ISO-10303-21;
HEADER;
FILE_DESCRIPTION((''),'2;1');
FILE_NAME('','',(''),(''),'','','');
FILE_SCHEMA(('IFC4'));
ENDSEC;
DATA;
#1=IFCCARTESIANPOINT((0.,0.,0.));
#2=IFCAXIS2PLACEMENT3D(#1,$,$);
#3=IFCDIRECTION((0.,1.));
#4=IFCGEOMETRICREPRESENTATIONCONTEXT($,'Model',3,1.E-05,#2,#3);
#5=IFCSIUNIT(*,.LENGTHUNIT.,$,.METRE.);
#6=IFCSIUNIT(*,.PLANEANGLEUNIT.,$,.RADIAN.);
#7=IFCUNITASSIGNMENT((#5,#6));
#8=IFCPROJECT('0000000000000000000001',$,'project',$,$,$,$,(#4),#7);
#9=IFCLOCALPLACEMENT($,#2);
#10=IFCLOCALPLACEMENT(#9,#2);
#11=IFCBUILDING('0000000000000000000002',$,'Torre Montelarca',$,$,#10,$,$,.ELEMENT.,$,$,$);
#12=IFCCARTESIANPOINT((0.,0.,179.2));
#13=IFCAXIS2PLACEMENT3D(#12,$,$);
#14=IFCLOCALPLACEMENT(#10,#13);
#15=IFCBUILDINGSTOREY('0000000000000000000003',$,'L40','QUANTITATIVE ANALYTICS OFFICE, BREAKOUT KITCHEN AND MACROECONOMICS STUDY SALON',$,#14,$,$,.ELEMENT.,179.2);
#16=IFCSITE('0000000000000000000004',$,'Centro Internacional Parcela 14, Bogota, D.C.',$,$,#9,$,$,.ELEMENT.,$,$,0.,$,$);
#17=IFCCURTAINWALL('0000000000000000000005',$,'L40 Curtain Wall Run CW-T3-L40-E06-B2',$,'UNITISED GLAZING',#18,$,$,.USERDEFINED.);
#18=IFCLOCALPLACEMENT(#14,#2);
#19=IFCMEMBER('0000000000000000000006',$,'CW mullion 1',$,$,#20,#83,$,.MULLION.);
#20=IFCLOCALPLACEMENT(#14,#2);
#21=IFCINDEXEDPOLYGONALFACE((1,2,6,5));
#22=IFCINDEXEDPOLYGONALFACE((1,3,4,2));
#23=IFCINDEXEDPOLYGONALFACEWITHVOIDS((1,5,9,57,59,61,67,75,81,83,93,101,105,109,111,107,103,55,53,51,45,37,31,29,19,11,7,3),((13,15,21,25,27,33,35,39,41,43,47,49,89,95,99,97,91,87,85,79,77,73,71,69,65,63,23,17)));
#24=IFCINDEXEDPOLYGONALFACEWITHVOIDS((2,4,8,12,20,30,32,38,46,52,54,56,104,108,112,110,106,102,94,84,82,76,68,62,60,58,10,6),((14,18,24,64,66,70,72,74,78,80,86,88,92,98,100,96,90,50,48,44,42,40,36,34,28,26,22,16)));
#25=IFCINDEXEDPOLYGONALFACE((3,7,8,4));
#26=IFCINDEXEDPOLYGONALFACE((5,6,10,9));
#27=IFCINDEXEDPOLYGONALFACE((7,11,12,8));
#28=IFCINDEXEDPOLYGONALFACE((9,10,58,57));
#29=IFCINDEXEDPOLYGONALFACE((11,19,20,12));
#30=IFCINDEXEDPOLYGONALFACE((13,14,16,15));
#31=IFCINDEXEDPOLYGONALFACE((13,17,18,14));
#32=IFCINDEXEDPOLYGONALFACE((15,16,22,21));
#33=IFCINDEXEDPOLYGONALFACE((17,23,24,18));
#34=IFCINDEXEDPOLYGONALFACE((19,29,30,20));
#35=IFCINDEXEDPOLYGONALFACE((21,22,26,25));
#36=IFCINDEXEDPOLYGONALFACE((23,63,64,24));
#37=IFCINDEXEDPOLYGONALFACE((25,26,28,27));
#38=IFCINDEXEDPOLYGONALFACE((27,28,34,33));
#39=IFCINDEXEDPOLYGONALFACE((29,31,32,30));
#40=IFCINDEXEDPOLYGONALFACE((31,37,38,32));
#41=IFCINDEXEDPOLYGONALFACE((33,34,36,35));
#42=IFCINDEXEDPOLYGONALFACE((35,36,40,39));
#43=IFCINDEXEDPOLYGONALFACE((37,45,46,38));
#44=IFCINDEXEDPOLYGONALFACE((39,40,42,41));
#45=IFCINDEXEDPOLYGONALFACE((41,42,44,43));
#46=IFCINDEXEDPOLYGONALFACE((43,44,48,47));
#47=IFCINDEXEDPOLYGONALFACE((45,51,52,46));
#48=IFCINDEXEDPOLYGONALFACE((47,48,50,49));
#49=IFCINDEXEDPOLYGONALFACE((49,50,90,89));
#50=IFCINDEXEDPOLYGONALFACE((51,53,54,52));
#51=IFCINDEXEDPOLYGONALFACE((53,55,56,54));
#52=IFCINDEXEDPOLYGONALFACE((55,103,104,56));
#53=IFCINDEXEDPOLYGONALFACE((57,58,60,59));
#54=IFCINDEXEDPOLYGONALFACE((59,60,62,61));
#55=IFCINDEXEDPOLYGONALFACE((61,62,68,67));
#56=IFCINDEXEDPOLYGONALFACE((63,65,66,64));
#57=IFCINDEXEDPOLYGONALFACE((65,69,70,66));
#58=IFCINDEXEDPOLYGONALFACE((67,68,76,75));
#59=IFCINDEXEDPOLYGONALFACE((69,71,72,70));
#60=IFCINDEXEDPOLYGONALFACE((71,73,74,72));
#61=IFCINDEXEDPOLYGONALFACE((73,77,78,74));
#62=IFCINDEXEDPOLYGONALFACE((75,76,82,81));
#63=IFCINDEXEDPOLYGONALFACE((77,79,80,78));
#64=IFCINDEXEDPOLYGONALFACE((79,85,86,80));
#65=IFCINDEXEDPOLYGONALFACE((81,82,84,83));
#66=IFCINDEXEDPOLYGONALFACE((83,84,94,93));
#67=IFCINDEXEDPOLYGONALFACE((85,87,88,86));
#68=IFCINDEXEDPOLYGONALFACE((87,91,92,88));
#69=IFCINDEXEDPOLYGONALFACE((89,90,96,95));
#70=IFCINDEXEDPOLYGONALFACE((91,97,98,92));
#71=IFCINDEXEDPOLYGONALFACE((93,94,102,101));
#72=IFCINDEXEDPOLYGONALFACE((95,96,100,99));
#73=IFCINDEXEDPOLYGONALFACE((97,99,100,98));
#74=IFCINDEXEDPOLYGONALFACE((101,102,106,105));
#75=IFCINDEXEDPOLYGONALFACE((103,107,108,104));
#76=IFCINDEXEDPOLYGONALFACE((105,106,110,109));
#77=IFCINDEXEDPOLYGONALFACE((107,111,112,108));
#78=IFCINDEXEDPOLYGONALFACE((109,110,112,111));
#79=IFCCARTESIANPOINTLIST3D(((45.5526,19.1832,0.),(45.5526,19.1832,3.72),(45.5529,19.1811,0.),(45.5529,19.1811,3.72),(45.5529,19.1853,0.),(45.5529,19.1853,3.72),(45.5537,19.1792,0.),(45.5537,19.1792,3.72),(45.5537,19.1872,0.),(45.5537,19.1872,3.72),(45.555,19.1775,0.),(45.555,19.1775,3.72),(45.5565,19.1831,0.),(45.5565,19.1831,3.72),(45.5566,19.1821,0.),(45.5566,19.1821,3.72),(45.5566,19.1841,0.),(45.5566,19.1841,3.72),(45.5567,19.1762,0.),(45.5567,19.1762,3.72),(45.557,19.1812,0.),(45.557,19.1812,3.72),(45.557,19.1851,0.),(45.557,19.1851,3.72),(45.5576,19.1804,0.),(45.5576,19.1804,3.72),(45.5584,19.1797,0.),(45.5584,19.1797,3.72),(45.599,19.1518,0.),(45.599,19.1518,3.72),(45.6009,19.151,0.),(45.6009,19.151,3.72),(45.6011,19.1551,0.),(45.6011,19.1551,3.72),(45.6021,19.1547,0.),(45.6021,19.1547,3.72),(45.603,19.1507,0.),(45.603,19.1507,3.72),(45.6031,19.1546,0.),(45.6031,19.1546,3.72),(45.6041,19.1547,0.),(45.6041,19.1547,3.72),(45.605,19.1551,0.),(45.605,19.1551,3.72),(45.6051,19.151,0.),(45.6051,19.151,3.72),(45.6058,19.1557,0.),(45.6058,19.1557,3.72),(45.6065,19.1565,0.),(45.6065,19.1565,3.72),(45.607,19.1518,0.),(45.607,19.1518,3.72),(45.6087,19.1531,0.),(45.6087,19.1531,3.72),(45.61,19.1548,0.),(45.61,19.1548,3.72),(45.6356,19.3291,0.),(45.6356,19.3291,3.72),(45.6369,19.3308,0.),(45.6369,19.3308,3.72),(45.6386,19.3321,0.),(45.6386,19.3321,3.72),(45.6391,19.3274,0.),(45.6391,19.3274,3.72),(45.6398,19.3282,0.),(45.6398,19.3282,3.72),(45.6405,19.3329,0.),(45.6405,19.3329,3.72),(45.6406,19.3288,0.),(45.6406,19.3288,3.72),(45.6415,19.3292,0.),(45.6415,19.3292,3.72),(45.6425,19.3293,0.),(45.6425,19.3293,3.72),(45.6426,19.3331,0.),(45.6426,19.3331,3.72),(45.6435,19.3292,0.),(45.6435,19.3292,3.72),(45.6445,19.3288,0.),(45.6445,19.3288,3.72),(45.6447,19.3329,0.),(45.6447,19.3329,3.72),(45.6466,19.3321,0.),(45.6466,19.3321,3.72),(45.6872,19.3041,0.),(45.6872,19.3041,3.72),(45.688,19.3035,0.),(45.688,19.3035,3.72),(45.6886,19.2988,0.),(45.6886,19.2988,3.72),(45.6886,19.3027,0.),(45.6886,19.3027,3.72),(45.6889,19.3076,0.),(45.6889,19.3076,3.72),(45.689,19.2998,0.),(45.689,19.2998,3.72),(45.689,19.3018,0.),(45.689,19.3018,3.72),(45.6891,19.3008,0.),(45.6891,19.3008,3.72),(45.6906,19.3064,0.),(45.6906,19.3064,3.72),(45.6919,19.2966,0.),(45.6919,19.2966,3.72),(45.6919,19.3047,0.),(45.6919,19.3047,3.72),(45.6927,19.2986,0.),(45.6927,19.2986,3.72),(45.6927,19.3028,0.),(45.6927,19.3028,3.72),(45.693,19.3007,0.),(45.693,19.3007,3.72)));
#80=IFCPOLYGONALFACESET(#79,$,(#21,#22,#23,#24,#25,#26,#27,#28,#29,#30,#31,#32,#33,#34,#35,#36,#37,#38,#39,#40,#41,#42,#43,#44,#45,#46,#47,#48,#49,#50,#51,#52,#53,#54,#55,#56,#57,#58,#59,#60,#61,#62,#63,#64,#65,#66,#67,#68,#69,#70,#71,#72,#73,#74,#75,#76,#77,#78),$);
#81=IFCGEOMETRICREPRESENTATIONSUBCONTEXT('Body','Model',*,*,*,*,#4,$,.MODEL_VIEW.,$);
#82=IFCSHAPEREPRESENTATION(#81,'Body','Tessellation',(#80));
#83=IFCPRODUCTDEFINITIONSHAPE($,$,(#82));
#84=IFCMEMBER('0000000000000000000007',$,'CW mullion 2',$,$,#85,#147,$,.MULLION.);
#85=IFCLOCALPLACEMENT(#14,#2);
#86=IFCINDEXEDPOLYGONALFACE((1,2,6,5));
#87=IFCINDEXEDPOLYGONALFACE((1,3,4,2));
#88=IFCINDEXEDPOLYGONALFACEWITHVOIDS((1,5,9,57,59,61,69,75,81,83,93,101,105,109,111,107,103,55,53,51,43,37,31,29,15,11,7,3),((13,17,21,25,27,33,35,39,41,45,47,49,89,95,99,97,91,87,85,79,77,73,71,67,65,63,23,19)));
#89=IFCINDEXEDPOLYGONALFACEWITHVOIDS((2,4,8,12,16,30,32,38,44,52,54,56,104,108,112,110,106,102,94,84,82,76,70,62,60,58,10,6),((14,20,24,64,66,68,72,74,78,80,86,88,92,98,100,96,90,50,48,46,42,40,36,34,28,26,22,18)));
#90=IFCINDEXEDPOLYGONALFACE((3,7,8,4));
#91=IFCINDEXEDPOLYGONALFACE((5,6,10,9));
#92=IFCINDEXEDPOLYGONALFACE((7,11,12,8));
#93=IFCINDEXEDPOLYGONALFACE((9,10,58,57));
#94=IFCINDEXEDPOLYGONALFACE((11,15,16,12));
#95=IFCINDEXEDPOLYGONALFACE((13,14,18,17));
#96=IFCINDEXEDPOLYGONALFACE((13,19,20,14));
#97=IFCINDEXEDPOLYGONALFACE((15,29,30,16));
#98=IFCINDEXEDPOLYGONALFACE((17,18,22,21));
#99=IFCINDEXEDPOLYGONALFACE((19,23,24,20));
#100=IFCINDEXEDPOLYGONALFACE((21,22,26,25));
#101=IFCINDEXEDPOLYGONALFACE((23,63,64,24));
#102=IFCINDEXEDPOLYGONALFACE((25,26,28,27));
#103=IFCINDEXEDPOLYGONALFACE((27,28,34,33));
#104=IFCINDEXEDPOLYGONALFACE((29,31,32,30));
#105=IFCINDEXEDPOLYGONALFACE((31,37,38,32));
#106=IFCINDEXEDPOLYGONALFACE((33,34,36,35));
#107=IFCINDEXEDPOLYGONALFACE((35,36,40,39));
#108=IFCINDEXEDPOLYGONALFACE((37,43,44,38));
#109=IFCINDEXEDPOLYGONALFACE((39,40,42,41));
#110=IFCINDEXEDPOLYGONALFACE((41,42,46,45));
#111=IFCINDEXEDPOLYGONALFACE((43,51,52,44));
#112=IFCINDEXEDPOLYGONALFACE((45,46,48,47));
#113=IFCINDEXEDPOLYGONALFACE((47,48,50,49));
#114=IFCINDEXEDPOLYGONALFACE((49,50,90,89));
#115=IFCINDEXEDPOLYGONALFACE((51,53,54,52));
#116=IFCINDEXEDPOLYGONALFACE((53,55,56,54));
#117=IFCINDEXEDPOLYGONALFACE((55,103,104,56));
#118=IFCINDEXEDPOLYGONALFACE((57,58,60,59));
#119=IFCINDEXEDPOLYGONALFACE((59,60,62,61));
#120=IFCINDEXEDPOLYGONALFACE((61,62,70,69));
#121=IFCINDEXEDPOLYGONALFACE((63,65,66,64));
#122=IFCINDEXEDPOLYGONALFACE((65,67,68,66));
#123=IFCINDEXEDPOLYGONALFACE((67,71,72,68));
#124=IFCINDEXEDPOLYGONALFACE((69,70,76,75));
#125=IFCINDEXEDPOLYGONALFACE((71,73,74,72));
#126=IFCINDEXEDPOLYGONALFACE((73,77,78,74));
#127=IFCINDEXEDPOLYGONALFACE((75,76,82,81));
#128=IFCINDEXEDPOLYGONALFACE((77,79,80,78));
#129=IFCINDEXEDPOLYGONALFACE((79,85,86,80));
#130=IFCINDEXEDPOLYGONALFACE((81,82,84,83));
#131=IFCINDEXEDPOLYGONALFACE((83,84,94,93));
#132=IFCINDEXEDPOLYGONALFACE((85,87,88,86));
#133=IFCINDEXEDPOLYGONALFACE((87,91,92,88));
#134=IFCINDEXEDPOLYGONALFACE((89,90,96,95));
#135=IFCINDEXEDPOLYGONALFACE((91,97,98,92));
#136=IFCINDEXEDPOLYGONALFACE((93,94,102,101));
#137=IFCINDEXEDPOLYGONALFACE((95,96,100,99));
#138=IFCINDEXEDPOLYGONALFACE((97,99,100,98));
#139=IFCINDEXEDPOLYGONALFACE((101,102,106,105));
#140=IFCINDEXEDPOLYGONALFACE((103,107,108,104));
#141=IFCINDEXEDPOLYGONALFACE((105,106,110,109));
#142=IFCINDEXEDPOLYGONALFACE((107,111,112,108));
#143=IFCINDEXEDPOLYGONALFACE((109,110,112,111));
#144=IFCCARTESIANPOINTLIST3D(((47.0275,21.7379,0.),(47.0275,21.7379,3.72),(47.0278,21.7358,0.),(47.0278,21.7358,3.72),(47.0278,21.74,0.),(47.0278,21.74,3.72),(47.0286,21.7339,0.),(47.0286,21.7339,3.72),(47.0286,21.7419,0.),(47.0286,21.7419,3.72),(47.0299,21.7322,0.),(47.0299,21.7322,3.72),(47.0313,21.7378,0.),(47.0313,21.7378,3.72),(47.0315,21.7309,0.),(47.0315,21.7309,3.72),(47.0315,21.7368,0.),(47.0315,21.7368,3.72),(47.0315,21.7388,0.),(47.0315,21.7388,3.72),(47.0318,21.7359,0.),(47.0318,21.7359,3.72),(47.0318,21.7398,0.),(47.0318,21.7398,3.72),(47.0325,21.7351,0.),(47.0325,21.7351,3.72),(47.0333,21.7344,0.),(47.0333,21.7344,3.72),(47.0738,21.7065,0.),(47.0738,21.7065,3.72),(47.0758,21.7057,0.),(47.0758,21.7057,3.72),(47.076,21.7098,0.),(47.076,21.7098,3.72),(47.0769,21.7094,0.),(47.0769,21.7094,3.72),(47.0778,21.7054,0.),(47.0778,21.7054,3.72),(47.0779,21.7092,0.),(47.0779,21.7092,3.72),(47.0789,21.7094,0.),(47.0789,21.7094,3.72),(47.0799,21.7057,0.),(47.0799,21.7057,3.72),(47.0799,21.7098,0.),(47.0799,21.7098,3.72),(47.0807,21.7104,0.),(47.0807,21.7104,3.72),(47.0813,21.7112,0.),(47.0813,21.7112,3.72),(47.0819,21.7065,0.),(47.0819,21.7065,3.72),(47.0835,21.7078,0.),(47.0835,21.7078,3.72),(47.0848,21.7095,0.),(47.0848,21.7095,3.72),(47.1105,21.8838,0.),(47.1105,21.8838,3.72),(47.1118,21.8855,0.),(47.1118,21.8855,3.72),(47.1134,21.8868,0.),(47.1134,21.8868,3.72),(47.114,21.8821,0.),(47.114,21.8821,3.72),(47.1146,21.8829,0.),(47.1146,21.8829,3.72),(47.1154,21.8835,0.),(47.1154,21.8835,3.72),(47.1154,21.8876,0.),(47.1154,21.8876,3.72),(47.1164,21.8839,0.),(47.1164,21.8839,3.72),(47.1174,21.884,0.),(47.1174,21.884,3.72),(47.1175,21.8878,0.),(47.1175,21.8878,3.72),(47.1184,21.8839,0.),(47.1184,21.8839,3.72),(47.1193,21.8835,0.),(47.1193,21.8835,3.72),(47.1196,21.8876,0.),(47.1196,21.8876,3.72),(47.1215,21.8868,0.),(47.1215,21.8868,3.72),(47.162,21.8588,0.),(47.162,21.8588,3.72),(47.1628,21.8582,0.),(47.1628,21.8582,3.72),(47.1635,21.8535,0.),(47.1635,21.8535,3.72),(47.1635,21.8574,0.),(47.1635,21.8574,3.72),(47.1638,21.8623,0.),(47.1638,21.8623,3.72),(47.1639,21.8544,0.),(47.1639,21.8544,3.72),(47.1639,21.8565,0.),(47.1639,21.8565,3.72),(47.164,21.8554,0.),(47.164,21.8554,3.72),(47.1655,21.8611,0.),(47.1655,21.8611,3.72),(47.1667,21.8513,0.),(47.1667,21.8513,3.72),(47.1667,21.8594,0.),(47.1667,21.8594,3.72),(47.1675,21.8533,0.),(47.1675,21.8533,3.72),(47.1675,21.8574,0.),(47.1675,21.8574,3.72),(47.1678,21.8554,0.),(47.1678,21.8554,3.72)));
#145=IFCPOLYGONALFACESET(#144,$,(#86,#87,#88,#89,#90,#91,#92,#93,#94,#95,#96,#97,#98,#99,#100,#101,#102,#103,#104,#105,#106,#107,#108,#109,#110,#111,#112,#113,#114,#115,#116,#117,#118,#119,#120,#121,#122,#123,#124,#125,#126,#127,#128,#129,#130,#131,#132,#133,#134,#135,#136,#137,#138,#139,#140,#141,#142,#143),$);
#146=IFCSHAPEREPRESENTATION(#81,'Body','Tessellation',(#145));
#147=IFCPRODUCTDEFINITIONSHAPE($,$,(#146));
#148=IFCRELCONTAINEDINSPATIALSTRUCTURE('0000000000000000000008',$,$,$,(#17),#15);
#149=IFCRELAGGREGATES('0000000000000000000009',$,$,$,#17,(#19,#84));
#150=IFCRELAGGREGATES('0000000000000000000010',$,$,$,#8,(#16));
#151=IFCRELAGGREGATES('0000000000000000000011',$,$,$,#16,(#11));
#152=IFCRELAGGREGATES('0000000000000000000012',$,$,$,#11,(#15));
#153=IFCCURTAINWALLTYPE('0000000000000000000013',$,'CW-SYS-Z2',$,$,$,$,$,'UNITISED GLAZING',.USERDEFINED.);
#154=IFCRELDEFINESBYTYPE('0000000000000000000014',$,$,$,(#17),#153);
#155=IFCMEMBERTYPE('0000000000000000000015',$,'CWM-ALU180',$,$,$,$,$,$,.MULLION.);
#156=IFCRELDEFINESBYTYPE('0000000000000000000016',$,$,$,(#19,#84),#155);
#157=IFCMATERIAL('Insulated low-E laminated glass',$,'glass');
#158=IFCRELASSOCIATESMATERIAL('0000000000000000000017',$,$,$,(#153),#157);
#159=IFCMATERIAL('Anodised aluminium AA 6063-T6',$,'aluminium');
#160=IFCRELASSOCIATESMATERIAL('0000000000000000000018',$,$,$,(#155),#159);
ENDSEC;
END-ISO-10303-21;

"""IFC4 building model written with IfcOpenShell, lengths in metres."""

from ifc_helpers import new_model, si_unit, direction, frame, origin, origin_2d, place, context, subcontext, project, spatial, hollow_rectangle, extrude, source, transform, mapped, material, material_profile, profile_set, type_object, element, aggregate, save


model = new_model("IFC4")

# Units and contexts
model_context = context("Model", 3, precision=1e-05, world=origin(), true_north=direction((0.0, 1.0)))
body_context = subcontext(model_context, "Body", "Model", "MODEL_VIEW")
ifc_project = project(units=[si_unit("LENGTHUNIT", "METRE"), si_unit("PLANEANGLEUNIT", "RADIAN")], contexts=[model_context])

# Site, building, storey
site_placement = place(None, origin())
site = spatial("IfcSite", under=ifc_project, at=site_placement, Name="Centro Internacional Parcela 14, Bogota, D.C.", CompositionType="ELEMENT", RefElevation=0.0)
building_placement = place(site_placement, origin())
building = spatial("IfcBuilding", under=site, at=building_placement, Name="Torre Montelarca", CompositionType="ELEMENT")
storey_placement = place(building_placement, frame((0.0, 0.0, 179.2)))
storey = spatial("IfcBuildingStorey", under=building, at=storey_placement, Name="L40", Description="QUANTITATIVE ANALYTICS OFFICE, BREAKOUT KITCHEN AND MACROECONOMICS STUDY SALON", CompositionType="ELEMENT", Elevation=179.2)

# Curtain wall, members
ifc_material_1 = material(Name="Insulated low-E laminated glass", Category="glass")
curtain_wall_type = type_object("IfcCurtainWallType", Name="CW-SYS-Z2", ElementType="UNITISED GLAZING", PredefinedType="USERDEFINED", material=ifc_material_1)
ifc_material_2 = material(Name="Anodised aluminium AA 6063-T6", Category="aluminium")
ifc_material_profile_1 = material_profile(ifc_material_2, hollow_rectangle(XDim=0.0649, YDim=0.1799, WallThickness=0.0039, InnerFilletRadius=0.0039, OuterFilletRadius=0.0081, at=origin_2d()), Name="ALU65X180X4", Category="aluminium")
ifc_profile_set_1 = profile_set([ifc_material_profile_1], Name="Anodised aluminium AA 6063-T6")
member_type_1 = type_object("IfcMemberType", Name="CWM-ALU180", PredefinedType="MULLION", material=ifc_profile_set_1)
shared_shape_1 = source(origin(), body_context, "Body", "SweptSolid", [
    extrude(hollow_rectangle(XDim=0.0649, YDim=0.1799, WallThickness=0.0039, InnerFilletRadius=0.0039, OuterFilletRadius=0.0081, at=origin_2d()), origin(), (0.0, 0.0, 1.0), 3.72),
])
curtain_wall_1_placement = place(storey_placement, origin())
curtain_wall_1 = element("IfcCurtainWall", 1, at=curtain_wall_1_placement, inside=storey, type_object=curtain_wall_type, Name="L40 Curtain Wall Run CW-T3-L40-E06-B2", ObjectType="UNITISED GLAZING", PredefinedType="USERDEFINED")
member_1_placement = place(storey_placement, frame((45.6228, 19.2419, 0.0), z_axis=(0.0, 0.0, 1.0), x_axis=(-0.866028, 0.499996, 0.0)))
member_1 = element("IfcMember", 2, at=member_1_placement, type_object=member_type_1, Name="CW mullion 1", PredefinedType="MULLION", context=body_context, shape_type="MappedRepresentation", body=[
    mapped(shared_shape_1, transform((0.0, 0.0, 0.0), scale=1.0)),
])
member_2_placement = place(storey_placement, frame((47.0977, 21.7966, 0.0), z_axis=(0.0, 0.0, 1.0), x_axis=(-0.866028, 0.499996, 0.0)))
member_2 = element("IfcMember", 3, at=member_2_placement, type_object=member_type_1, Name="CW mullion 2", PredefinedType="MULLION", context=body_context, shape_type="MappedRepresentation", body=[
    mapped(shared_shape_1, transform((0.0, 0.0, 0.0), scale=1.0)),
])

aggregate(curtain_wall_1, [member_1, member_2])

save(model, "model.ifc")
